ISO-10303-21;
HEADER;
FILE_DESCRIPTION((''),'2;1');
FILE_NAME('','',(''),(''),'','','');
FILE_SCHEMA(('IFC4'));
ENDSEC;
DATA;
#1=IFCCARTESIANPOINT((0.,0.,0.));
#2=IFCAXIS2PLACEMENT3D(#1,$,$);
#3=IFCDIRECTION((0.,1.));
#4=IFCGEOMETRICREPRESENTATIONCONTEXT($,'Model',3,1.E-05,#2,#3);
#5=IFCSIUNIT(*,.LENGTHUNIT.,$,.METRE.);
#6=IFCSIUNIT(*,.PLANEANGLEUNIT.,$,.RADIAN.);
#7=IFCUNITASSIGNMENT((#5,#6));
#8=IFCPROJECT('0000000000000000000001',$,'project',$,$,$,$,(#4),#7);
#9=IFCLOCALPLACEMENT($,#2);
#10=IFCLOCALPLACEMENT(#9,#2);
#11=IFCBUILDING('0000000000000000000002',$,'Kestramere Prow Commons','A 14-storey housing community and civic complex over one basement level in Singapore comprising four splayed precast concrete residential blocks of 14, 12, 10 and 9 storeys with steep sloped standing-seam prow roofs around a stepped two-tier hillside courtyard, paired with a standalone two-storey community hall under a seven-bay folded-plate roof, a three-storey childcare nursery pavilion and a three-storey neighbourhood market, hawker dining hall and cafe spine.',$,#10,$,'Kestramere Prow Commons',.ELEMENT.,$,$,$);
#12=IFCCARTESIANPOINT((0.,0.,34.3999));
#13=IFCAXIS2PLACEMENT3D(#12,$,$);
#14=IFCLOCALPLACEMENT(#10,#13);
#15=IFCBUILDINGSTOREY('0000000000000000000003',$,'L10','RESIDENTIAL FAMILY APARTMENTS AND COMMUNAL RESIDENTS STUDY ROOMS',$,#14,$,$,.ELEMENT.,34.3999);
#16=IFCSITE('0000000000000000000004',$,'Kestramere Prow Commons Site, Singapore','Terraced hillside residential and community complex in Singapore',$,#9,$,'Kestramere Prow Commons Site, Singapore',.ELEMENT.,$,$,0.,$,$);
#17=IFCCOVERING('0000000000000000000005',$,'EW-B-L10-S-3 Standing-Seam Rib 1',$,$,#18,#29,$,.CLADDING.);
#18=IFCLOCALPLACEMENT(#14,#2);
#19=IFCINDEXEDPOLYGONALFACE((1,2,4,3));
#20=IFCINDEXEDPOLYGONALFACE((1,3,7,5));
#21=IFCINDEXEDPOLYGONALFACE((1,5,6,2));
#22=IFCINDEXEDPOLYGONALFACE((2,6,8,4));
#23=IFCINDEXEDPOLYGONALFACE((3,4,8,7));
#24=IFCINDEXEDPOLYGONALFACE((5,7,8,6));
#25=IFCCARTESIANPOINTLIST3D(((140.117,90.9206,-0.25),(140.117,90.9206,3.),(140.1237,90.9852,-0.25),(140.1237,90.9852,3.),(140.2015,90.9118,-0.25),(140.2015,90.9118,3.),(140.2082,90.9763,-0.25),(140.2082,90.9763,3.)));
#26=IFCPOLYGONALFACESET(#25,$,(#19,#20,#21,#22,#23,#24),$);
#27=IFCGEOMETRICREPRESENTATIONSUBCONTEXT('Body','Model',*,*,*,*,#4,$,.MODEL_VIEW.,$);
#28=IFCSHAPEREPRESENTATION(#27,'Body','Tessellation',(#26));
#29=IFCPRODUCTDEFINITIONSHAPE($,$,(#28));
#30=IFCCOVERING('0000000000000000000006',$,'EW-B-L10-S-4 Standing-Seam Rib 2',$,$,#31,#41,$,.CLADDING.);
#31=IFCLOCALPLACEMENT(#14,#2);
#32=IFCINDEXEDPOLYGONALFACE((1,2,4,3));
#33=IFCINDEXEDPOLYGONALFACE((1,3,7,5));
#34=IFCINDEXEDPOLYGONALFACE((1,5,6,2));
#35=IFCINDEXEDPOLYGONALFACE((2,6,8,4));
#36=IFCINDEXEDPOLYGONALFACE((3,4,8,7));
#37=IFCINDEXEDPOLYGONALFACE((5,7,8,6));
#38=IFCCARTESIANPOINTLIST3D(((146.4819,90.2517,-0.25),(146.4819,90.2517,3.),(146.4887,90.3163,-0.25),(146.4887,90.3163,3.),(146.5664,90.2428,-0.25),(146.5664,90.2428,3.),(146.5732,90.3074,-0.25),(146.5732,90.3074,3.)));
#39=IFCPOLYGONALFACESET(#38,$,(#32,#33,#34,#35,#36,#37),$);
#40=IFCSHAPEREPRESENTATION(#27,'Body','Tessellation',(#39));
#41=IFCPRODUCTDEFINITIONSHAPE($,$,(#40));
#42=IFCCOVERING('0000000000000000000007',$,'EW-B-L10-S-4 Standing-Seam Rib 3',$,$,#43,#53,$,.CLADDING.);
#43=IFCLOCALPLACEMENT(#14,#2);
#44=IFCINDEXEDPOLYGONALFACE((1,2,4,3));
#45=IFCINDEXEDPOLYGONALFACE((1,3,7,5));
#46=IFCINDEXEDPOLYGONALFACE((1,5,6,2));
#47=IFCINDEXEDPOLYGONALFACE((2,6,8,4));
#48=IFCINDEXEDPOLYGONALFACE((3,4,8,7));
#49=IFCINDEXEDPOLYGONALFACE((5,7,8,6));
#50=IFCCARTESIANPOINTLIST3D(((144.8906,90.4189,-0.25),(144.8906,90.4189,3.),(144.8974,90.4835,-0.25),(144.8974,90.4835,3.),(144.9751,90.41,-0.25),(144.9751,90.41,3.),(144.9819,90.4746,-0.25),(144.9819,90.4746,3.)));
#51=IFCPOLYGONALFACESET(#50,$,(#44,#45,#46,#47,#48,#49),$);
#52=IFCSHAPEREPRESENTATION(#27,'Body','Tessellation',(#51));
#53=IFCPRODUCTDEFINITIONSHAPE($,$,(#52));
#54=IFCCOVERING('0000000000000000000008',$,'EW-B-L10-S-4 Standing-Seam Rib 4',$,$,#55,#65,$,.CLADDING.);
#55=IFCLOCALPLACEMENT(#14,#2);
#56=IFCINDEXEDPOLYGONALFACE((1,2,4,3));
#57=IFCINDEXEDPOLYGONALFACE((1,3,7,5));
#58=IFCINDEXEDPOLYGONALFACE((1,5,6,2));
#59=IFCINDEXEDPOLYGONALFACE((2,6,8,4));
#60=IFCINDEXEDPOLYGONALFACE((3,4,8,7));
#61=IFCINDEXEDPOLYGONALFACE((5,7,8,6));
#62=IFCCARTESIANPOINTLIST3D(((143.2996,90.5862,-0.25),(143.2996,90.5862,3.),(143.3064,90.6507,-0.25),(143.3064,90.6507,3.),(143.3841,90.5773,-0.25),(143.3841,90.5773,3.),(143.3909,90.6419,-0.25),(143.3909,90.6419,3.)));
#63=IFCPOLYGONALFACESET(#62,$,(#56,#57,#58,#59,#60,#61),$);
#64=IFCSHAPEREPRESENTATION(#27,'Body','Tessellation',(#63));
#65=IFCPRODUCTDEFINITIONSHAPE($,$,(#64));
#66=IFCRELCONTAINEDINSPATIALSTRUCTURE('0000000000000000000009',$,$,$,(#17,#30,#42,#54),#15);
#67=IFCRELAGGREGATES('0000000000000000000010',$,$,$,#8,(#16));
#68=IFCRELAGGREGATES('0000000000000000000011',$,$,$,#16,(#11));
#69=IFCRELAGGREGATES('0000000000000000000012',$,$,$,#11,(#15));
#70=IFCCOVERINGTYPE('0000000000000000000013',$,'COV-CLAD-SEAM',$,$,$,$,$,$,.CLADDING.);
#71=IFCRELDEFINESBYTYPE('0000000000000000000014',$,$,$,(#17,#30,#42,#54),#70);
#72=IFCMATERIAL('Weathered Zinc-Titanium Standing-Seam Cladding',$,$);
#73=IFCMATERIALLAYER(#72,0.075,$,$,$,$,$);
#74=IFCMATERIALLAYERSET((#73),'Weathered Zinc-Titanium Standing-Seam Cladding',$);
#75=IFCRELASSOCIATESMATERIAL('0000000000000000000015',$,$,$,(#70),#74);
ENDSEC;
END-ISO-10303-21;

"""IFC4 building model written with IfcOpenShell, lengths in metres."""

from ifc_helpers import new_model, si_unit, direction, frame, origin, origin_2d, place, context, subcontext, project, spatial, rectangle, extrude, material, layer, layer_set, type_object, element, save


model = new_model("IFC4")

# Units and contexts
model_context = context("Model", 3, precision=1e-05, world=origin(), true_north=direction((0.0, 1.0)))
body_context = subcontext(model_context, "Body", "Model", "MODEL_VIEW")
ifc_project = project(units=[si_unit("LENGTHUNIT", "METRE"), si_unit("PLANEANGLEUNIT", "RADIAN")], contexts=[model_context])

# Site, building, storey
site_placement = place(None, origin())
site = spatial("IfcSite", under=ifc_project, at=site_placement, Name="Kestramere Prow Commons Site, Singapore", Description="Terraced hillside residential and community complex in Singapore", LongName="Kestramere Prow Commons Site, Singapore", CompositionType="ELEMENT", RefElevation=0.0)
building_placement = place(site_placement, origin())
building = spatial("IfcBuilding", under=site, at=building_placement, Name="Kestramere Prow Commons", Description="A 14-storey housing community and civic complex over one basement level in Singapore comprising four splayed precast concrete residential blocks of 14, 12, 10 and 9 storeys with steep sloped standing-seam prow roofs around a stepped two-tier hillside courtyard, paired with a standalone two-storey community hall under a seven-bay folded-plate roof, a three-storey childcare nursery pavilion and a three-storey neighbourhood market, hawker dining hall and cafe spine.", LongName="Kestramere Prow Commons", CompositionType="ELEMENT")
storey_placement = place(building_placement, frame((0.0, 0.0, 34.3999)))
storey = spatial("IfcBuildingStorey", under=building, at=storey_placement, Name="L10", Description="RESIDENTIAL FAMILY APARTMENTS AND COMMUNAL RESIDENTS STUDY ROOMS", CompositionType="ELEMENT", Elevation=34.3999)

# Coverings
ifc_material_1 = material(Name="Weathered Zinc-Titanium Standing-Seam Cladding")
ifc_layer_1 = layer(ifc_material_1, 0.075)
ifc_layer_set_1 = layer_set([ifc_layer_1], Name="Weathered Zinc-Titanium Standing-Seam Cladding")
covering_type = type_object("IfcCoveringType", Name="COV-CLAD-SEAM", PredefinedType="CLADDING", material=ifc_layer_set_1)
for number, where, z_axis, x_axis, name in (
    (1, (140.1626, 90.9485, -0.25), (0.0, 0.0, 1.0), (-0.994522, 0.104528, 0.0), "EW-B-L10-S-3 Standing-Seam Rib 1"),
    (2, (146.5276, 90.2795, -0.25), (0.0, 0.0, 1.0), (-0.994522, 0.104528, 0.0), "EW-B-L10-S-4 Standing-Seam Rib 2"),
    (3, (144.9363, 90.4468, -0.25), (0.0, 0.0, 1.0), (-0.994522, 0.104528, 0.0), "EW-B-L10-S-4 Standing-Seam Rib 3"),
    (4, (143.3452, 90.614, -0.25), (0.0, 0.0, 1.0), (-0.994522, 0.104528, 0.0), "EW-B-L10-S-4 Standing-Seam Rib 4"),
):
    element("IfcCovering", number, at=place(storey_placement, frame(where, z_axis=z_axis, x_axis=x_axis)), inside=storey, type_object=covering_type, Name=name, PredefinedType="CLADDING", context=body_context, shape_type="SweptSolid", body=[
        extrude(rectangle(XDim=0.085, YDim=0.0649, at=origin_2d()), origin(), (0.0, 0.0, 1.0), 3.25),
    ])

save(model, "model.ifc")
